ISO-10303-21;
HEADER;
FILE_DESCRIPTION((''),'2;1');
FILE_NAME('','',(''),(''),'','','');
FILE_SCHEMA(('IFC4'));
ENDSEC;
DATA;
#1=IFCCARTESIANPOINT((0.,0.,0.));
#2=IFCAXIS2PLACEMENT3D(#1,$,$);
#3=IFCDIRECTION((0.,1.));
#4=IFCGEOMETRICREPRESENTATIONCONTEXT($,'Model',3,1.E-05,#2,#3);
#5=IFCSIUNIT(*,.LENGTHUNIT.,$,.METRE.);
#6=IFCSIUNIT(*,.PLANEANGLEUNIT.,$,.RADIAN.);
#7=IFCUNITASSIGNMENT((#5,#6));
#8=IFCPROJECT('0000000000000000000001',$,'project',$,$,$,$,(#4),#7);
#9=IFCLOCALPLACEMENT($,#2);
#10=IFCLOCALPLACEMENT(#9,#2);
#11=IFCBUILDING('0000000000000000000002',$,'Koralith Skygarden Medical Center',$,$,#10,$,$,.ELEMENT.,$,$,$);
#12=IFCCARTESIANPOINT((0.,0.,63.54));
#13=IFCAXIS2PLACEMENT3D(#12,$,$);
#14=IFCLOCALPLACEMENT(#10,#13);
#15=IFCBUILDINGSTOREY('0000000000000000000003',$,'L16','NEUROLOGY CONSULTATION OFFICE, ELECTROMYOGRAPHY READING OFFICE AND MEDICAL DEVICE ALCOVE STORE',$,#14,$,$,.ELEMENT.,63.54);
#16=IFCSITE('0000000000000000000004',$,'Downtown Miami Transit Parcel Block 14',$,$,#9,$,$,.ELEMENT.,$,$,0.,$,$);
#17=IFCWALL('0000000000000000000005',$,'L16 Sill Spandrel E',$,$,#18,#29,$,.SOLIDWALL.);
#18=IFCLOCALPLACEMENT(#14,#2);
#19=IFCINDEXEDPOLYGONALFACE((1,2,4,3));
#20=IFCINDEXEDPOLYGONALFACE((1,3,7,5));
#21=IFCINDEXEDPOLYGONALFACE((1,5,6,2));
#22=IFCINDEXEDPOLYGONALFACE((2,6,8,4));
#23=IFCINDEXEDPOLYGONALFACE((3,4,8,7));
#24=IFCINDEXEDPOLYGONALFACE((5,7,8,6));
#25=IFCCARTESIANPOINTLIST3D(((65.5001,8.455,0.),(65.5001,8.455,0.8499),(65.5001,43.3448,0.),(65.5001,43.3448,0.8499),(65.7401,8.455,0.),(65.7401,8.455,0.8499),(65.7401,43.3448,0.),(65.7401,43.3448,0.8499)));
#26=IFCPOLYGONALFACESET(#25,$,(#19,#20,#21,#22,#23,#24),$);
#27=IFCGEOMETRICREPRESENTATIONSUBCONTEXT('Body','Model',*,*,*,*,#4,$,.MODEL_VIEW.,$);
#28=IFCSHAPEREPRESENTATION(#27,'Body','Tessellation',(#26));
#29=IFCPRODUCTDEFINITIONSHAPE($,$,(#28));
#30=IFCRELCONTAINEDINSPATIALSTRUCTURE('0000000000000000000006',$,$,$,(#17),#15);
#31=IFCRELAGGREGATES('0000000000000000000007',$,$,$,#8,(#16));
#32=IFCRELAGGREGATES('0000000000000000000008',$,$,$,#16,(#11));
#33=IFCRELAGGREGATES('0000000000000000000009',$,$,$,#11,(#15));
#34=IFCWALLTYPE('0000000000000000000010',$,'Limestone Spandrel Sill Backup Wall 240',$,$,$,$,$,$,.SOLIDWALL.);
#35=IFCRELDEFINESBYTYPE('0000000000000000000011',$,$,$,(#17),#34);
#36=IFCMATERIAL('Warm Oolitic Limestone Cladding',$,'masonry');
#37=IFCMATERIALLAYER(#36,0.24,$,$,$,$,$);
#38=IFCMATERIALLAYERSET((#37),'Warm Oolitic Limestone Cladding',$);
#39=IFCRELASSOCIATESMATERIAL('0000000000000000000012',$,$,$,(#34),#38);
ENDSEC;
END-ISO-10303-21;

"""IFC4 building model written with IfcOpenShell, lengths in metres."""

from ifc_helpers import new_model, si_unit, direction, frame, frame_2d, origin, place, context, subcontext, project, spatial, rectangle, extrude, material, layer, layer_set, type_object, element, save


model = new_model("IFC4")

# Units and contexts
model_context = context("Model", 3, precision=1e-05, world=origin(), true_north=direction((0.0, 1.0)))
body_context = subcontext(model_context, "Body", "Model", "MODEL_VIEW")
ifc_project = project(units=[si_unit("LENGTHUNIT", "METRE"), si_unit("PLANEANGLEUNIT", "RADIAN")], contexts=[model_context])

# Site, building, storey
site_placement = place(None, origin())
site = spatial("IfcSite", under=ifc_project, at=site_placement, Name="Downtown Miami Transit Parcel Block 14", CompositionType="ELEMENT", RefElevation=0.0)
building_placement = place(site_placement, origin())
building = spatial("IfcBuilding", under=site, at=building_placement, Name="Koralith Skygarden Medical Center", CompositionType="ELEMENT")
storey_placement = place(building_placement, frame((0.0, 0.0, 63.54)))
storey = spatial("IfcBuildingStorey", under=building, at=storey_placement, Name="L16", Description="NEUROLOGY CONSULTATION OFFICE, ELECTROMYOGRAPHY READING OFFICE AND MEDICAL DEVICE ALCOVE STORE", CompositionType="ELEMENT", Elevation=63.54)

# Wall
ifc_material_1 = material(Name="Warm Oolitic Limestone Cladding", Category="masonry")
ifc_layer_1 = layer(ifc_material_1, 0.24)
ifc_layer_set_1 = layer_set([ifc_layer_1], Name="Warm Oolitic Limestone Cladding")
wall_type_1 = type_object("IfcWallType", Name="Limestone Spandrel Sill Backup Wall 240", PredefinedType="SOLIDWALL", material=ifc_layer_set_1)
wall_1_placement = place(storey_placement, frame((65.6201, 8.4551, 0.0), z_axis=(0.0, 0.0, 1.0), x_axis=(0.0, 1.0, 0.0)))
element("IfcWall", 1, at=wall_1_placement, inside=storey, type_object=wall_type_1, Name="L16 Sill Spandrel E", PredefinedType="SOLIDWALL", context=body_context, shape_type="SweptSolid", body=[
    extrude(rectangle(XDim=34.8899, YDim=0.24, at=frame_2d((17.4448, 0.0))), origin(), (0.0, 0.0, 1.0), 0.8499),
])

save(model, "model.ifc")
